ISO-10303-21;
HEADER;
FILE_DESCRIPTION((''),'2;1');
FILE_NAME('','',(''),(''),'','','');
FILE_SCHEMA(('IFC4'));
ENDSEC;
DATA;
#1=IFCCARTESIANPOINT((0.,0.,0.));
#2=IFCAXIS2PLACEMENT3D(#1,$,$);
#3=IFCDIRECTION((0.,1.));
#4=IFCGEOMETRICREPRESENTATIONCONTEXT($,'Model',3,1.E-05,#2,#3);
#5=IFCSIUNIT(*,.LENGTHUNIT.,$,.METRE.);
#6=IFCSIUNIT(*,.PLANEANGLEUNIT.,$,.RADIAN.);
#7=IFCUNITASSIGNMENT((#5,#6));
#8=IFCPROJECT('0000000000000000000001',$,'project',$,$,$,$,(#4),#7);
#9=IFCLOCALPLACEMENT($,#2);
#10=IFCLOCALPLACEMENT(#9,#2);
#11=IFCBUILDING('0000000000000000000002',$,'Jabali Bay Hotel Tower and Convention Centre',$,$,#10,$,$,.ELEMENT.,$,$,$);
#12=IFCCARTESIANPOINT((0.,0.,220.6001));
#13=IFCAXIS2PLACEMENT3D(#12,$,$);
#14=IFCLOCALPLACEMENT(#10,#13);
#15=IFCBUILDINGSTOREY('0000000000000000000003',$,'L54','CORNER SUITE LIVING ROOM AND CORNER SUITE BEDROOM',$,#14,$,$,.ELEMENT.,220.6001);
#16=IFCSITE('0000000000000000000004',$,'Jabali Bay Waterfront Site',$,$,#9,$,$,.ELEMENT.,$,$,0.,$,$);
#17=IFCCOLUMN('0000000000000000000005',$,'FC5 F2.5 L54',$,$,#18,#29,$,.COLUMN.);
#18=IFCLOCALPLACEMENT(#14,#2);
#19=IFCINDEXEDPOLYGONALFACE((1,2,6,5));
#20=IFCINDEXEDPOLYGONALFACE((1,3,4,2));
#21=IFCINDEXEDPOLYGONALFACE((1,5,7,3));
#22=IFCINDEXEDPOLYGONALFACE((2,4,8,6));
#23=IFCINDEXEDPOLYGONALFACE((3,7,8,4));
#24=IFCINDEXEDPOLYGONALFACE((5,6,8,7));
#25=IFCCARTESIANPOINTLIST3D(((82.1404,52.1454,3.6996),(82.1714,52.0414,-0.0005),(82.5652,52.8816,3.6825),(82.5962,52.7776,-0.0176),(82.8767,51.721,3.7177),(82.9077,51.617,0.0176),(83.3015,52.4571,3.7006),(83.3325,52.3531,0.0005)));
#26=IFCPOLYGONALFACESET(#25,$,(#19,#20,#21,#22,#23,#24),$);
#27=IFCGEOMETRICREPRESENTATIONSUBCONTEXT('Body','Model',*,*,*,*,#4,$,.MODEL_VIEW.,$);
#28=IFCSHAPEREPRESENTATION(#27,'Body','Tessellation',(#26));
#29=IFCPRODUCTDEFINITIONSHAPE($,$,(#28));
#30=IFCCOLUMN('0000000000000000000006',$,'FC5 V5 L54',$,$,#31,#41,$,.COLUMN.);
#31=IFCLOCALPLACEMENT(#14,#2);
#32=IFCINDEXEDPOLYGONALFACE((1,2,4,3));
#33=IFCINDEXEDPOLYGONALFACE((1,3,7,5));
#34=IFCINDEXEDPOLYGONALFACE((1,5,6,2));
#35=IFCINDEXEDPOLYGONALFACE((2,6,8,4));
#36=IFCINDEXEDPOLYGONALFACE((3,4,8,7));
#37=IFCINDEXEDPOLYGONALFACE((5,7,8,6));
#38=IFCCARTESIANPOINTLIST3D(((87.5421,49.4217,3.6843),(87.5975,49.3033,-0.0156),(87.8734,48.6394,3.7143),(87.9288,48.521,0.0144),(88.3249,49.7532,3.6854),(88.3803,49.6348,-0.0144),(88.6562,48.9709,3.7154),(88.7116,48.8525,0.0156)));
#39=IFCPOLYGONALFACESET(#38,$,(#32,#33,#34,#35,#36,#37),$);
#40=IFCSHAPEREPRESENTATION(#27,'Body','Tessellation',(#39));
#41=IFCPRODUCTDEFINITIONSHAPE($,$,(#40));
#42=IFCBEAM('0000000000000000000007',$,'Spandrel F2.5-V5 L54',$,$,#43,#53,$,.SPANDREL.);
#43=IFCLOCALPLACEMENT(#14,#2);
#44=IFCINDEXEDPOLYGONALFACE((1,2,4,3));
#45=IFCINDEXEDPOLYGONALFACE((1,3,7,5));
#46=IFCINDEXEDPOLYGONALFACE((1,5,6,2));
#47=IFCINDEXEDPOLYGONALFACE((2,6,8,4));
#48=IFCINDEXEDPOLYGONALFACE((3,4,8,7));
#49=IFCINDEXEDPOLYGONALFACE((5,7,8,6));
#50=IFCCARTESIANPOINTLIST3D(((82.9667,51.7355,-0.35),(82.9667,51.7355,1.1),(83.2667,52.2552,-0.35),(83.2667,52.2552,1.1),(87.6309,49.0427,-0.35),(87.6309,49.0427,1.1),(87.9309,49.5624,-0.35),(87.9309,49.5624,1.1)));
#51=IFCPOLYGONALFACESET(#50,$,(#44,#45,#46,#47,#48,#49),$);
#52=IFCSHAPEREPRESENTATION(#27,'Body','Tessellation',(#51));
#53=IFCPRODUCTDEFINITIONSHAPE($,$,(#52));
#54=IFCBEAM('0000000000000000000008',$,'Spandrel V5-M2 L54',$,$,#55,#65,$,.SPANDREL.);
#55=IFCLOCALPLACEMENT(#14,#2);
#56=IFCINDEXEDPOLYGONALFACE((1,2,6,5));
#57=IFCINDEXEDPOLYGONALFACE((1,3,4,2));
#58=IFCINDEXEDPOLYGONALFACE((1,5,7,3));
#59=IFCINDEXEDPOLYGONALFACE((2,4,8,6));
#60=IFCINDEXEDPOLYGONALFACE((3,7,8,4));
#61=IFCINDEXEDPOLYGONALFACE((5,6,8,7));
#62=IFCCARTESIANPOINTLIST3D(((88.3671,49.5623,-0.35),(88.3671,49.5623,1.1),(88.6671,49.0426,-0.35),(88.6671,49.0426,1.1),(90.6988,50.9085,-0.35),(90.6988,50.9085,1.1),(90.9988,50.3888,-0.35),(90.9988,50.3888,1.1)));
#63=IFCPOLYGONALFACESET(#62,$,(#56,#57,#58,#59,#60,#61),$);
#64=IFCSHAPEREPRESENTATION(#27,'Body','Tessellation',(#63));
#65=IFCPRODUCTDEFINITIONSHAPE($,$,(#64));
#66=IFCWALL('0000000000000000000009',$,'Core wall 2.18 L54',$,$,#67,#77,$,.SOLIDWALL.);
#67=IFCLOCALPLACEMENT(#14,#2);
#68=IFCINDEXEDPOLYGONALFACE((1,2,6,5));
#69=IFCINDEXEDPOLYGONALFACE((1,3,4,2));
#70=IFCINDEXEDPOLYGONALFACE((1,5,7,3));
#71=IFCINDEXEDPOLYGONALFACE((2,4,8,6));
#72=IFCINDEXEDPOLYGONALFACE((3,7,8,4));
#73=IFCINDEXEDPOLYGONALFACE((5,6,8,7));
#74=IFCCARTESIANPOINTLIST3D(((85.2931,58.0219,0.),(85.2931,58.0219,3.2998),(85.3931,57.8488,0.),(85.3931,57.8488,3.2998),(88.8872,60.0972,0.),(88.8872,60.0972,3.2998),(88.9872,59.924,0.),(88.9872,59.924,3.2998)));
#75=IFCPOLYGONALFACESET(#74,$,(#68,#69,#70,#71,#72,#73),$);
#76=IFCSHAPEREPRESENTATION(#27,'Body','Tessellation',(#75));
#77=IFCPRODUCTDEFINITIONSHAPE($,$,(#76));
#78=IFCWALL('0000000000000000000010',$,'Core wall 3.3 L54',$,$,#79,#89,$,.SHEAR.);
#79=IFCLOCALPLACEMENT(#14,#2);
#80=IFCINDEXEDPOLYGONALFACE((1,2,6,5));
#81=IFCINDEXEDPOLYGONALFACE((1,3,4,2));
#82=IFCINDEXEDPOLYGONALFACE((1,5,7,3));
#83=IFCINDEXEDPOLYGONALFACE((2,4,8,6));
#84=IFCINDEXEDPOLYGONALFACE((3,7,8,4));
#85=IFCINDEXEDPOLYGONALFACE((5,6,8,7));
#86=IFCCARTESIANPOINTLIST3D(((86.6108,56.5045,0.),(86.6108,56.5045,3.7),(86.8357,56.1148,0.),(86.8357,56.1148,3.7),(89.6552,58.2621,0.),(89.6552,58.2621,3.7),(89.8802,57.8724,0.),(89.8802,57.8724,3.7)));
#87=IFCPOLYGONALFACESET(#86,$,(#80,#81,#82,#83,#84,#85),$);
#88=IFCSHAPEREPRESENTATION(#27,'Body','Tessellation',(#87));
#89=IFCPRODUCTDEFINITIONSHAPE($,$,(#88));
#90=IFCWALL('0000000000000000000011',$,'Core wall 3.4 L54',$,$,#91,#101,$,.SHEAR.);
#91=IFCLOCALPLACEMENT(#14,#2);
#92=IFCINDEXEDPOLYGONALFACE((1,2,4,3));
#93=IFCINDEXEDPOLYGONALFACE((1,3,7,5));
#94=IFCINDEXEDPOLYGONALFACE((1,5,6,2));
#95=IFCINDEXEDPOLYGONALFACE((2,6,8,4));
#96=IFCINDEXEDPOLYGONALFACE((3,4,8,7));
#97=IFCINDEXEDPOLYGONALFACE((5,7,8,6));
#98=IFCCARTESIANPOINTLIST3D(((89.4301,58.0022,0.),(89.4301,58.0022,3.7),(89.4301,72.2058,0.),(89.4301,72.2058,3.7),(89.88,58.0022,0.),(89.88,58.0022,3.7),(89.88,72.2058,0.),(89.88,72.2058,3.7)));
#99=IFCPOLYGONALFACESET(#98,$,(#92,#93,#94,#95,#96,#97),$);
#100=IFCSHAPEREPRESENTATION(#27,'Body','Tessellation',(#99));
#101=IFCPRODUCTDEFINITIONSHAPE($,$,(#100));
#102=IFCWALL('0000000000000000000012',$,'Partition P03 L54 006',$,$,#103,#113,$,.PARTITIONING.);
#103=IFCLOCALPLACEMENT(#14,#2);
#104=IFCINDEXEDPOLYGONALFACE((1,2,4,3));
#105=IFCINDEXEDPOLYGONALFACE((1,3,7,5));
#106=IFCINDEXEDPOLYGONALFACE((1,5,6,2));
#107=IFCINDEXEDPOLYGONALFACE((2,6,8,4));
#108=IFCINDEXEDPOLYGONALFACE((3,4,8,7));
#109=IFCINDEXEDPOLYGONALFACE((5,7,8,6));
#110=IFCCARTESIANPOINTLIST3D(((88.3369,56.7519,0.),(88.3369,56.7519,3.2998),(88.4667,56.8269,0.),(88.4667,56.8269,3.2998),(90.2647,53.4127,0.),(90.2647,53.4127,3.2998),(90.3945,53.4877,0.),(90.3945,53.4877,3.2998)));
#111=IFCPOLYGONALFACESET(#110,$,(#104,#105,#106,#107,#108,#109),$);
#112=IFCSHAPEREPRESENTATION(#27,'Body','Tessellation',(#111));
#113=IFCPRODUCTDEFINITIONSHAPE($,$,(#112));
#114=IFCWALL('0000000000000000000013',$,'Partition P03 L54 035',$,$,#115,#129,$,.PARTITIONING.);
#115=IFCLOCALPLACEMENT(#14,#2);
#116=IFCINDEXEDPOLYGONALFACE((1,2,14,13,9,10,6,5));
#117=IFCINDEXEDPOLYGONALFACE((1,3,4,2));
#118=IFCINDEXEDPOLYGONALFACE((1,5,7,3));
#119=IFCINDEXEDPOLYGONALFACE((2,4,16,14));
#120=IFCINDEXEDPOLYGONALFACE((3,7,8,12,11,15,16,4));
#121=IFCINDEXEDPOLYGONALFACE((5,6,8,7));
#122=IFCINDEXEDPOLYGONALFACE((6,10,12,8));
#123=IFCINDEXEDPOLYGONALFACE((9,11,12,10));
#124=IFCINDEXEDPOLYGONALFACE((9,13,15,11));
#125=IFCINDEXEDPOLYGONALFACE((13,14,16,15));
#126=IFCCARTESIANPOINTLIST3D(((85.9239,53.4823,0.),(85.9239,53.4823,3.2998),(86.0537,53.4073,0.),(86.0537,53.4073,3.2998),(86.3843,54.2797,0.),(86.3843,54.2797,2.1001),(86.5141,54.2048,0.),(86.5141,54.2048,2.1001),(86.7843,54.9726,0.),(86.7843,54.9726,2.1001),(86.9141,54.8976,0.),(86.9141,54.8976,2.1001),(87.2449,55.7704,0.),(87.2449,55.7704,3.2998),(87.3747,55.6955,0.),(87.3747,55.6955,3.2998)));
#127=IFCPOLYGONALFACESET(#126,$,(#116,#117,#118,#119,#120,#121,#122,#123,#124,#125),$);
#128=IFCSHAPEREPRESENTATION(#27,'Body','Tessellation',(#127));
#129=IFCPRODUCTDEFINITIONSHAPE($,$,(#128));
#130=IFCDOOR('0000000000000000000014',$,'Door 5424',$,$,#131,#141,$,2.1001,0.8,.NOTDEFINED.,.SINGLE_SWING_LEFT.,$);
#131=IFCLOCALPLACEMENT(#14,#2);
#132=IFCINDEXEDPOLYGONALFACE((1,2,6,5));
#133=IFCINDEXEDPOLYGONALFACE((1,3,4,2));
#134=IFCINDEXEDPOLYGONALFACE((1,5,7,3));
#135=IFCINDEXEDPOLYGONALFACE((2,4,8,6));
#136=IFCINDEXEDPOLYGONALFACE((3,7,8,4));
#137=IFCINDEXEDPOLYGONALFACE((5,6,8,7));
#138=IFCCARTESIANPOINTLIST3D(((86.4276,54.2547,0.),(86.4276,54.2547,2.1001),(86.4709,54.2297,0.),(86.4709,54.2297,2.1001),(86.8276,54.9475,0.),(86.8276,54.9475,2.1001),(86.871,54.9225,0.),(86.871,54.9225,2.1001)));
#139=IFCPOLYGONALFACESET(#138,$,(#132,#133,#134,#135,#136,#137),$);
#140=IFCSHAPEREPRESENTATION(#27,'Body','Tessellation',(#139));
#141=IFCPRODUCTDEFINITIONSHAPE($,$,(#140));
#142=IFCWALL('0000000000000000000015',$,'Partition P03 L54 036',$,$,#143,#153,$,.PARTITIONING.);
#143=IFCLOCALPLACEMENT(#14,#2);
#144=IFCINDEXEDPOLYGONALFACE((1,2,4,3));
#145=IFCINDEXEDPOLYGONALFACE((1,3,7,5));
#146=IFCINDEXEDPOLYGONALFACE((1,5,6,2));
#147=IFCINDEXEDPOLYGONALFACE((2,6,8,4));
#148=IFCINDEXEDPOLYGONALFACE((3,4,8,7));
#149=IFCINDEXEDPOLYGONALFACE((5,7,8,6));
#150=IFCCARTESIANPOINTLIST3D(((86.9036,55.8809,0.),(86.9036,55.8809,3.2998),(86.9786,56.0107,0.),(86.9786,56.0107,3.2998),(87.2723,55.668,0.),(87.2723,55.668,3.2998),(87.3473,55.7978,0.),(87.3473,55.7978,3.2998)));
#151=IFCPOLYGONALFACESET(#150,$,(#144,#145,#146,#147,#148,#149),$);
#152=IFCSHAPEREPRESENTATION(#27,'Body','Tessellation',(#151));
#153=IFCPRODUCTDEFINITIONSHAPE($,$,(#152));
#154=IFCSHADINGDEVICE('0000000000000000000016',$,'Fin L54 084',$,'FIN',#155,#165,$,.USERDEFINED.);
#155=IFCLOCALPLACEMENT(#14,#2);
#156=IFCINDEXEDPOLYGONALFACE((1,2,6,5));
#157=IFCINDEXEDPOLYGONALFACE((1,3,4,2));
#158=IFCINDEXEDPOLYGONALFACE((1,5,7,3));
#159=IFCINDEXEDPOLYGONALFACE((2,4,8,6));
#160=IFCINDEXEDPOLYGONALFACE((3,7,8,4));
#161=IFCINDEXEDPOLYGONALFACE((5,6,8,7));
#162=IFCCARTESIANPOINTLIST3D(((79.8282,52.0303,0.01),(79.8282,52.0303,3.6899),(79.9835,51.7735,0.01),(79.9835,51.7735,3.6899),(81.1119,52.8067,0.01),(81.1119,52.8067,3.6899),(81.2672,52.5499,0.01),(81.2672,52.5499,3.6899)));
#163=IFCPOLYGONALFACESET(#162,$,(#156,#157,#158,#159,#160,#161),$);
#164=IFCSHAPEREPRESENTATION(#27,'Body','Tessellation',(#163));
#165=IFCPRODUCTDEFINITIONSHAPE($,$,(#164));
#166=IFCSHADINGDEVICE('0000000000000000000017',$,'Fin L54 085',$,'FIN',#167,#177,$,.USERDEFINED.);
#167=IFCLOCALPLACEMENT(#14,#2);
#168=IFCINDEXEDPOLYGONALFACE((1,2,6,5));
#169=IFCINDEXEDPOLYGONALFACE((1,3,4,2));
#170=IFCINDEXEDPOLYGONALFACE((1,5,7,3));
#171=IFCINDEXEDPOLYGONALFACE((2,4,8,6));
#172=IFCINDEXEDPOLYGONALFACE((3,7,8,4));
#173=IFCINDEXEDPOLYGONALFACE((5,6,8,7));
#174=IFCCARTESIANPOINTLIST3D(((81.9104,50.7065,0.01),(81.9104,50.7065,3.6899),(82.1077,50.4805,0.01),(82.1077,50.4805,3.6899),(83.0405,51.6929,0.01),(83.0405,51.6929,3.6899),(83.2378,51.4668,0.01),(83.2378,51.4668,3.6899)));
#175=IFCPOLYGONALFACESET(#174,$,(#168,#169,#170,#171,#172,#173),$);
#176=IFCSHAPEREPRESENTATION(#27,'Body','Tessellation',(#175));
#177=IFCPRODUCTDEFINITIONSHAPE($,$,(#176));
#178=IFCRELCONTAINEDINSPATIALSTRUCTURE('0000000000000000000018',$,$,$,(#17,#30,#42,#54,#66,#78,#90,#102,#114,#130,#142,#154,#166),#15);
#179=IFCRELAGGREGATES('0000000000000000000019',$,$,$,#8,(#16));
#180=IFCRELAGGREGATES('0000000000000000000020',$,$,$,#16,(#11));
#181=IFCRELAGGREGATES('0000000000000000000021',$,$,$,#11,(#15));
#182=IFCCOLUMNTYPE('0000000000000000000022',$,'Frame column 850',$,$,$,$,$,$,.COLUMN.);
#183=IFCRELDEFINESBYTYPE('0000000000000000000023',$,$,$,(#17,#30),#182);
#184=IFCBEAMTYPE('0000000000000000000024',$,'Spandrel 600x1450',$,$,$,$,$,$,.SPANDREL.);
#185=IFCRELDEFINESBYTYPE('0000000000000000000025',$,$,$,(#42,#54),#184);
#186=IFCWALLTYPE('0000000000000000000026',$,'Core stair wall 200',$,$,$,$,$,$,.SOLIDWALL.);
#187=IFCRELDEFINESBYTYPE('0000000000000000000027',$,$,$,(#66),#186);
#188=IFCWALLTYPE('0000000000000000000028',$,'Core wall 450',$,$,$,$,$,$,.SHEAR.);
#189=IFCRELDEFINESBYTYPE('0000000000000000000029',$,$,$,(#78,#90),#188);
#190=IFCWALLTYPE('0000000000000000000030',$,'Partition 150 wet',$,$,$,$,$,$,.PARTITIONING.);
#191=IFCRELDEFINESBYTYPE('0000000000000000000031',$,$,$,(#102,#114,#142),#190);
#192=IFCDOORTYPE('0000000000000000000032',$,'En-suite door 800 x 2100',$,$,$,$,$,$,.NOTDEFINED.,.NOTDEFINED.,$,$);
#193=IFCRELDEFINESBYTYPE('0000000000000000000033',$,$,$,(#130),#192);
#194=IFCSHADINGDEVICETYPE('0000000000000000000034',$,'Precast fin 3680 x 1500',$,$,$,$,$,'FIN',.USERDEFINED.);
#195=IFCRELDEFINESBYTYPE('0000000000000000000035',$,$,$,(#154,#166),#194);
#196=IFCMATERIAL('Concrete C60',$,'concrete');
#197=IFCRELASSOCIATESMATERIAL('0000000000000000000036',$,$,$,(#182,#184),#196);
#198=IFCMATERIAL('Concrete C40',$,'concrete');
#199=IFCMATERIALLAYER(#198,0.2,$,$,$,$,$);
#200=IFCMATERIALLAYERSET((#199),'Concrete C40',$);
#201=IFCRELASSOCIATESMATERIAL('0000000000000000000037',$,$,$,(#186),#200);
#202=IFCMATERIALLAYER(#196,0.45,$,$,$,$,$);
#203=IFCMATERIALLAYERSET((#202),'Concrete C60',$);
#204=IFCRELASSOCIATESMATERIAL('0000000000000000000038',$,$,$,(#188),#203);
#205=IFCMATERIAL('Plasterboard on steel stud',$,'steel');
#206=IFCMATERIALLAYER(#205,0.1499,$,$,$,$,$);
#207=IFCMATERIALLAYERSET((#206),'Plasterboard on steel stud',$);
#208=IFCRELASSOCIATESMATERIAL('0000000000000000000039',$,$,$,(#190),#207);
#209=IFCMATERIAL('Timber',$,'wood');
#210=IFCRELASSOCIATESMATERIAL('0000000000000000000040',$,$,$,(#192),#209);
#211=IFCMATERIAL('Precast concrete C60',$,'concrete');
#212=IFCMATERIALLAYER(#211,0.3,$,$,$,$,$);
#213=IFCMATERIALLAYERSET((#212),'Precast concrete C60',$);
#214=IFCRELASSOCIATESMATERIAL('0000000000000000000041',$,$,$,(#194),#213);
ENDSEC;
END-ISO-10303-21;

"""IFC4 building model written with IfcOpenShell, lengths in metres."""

from ifc_helpers import new_model, si_unit, direction, frame, frame_2d, origin, origin_2d, place, context, subcontext, project, spatial, rectangle, extrude, material, layer, layer_set, material_profile, profile_set, type_object, element, fill, save


model = new_model("IFC4")

# Units and contexts
model_context = context("Model", 3, precision=1e-05, world=origin(), true_north=direction((0.0, 1.0)))
body_context = subcontext(model_context, "Body", "Model", "MODEL_VIEW")
ifc_project = project(units=[si_unit("LENGTHUNIT", "METRE"), si_unit("PLANEANGLEUNIT", "RADIAN")], contexts=[model_context])

# Site, building, storey
site_placement = place(None, origin())
site = spatial("IfcSite", under=ifc_project, at=site_placement, Name="Jabali Bay Waterfront Site", CompositionType="ELEMENT", RefElevation=0.0)
building_placement = place(site_placement, origin())
building = spatial("IfcBuilding", under=site, at=building_placement, Name="Jabali Bay Hotel Tower and Convention Centre", CompositionType="ELEMENT")
storey_placement = place(building_placement, frame((0.0, 0.0, 220.6001)))
storey = spatial("IfcBuildingStorey", under=building, at=storey_placement, Name="L54", Description="CORNER SUITE LIVING ROOM AND CORNER SUITE BEDROOM", CompositionType="ELEMENT", Elevation=220.6001)

# Columns
ifc_material_1 = material(Name="Concrete C60", Category="concrete")
ifc_material_profile_1 = material_profile(ifc_material_1, rectangle(XDim=0.8501, YDim=0.8501, at=origin_2d()), Name="Frame column 850")
ifc_profile_set_1 = profile_set([ifc_material_profile_1], Name="Concrete C60")
column_type = type_object("IfcColumnType", Name="Frame column 850", PredefinedType="COLUMN", material=ifc_profile_set_1)
column_1_placement = place(storey_placement, frame((82.752, 52.1973, 0.0), z_axis=(-0.008376, 0.028097, 0.99957), x_axis=(-0.499672, -0.86598, 0.020155)))
element("IfcColumn", 1, at=column_1_placement, inside=storey, type_object=column_type, Name="FC5 F2.5 L54", PredefinedType="COLUMN", context=body_context, shape_type="SweptSolid", body=[
    extrude(rectangle(XDim=0.8501, YDim=0.8501, at=origin_2d()), origin(), (0.0, 0.0, 1.0), 3.7017),
])
column_2_placement = place(storey_placement, frame((88.1545, 49.0779, 0.0), z_axis=(-0.014969, 0.031983, 0.999376), x_axis=(0.389715, -0.920259, 0.035288)))
element("IfcColumn", 2, at=column_2_placement, inside=storey, type_object=column_type, Name="FC5 V5 L54", PredefinedType="COLUMN", context=body_context, shape_type="SweptSolid", body=[
    extrude(rectangle(XDim=0.8501, YDim=0.8501, at=origin_2d()), origin(), (0.0, 0.0, 1.0), 3.7021),
])

# Beams
ifc_material_profile_2 = material_profile(ifc_material_1, rectangle(XDim=0.6001, YDim=1.45, at=origin_2d()), Name="Spandrel 600x1450")
ifc_profile_set_2 = profile_set([ifc_material_profile_2], Name="Concrete C60")
beam_type = type_object("IfcBeamType", Name="Spandrel 600x1450", PredefinedType="SPANDREL", material=ifc_profile_set_2)
beam_1_placement = place(storey_placement, frame((83.1167, 51.9954, 0.375), z_axis=(0.866031, -0.499991, 0.0), x_axis=(0.499991, 0.866031, 0.0)))
element("IfcBeam", 3, at=beam_1_placement, inside=storey, type_object=beam_type, Name="Spandrel F2.5-V5 L54", PredefinedType="SPANDREL", context=body_context, shape_type="SweptSolid", body=[
    extrude(rectangle(XDim=0.6001, YDim=1.45, at=origin_2d()), origin(), (0.0, 0.0, 1.0), 5.3857),
])
beam_2_placement = place(storey_placement, frame((88.5171, 49.3025, 0.375), z_axis=(0.866036, 0.499981, 0.0), x_axis=(-0.499981, 0.866036, 0.0)))
element("IfcBeam", 4, at=beam_2_placement, inside=storey, type_object=beam_type, Name="Spandrel V5-M2 L54", PredefinedType="SPANDREL", context=body_context, shape_type="SweptSolid", body=[
    extrude(rectangle(XDim=0.6001, YDim=1.45, at=origin_2d()), origin(), (0.0, 0.0, 1.0), 2.6924),
])

# Walls
ifc_material_2 = material(Name="Concrete C40", Category="concrete")
ifc_layer_1 = layer(ifc_material_2, 0.2)
ifc_layer_set_1 = layer_set([ifc_layer_1], Name="Concrete C40")
wall_type_1 = type_object("IfcWallType", Name="Core stair wall 200", PredefinedType="SOLIDWALL", material=ifc_layer_set_1)
wall_1_placement = place(storey_placement, frame((85.343, 57.9353, 0.0), z_axis=(0.0, 0.0, 1.0), x_axis=(0.866004, 0.500036, 0.0)))
element("IfcWall", 5, at=wall_1_placement, inside=storey, type_object=wall_type_1, Name="Core wall 2.18 L54", PredefinedType="SOLIDWALL", context=body_context, shape_type="SweptSolid", body=[
    extrude(rectangle(XDim=4.1501, YDim=0.2, at=frame_2d((2.0752, 0.0))), origin(), (0.0, 0.0, 1.0), 3.2998),
])
ifc_layer_2 = layer(ifc_material_1, 0.45)
ifc_layer_set_2 = layer_set([ifc_layer_2], Name="Concrete C60")
wall_type_2 = type_object("IfcWallType", Name="Core wall 450", PredefinedType="SHEAR", material=ifc_layer_set_2)
wall_2_placement = place(storey_placement, frame((86.7231, 56.3096, 0.0), z_axis=(0.0, 0.0, 1.0), x_axis=(0.866042, 0.499971, 0.0)))
element("IfcWall", 6, at=wall_2_placement, inside=storey, type_object=wall_type_2, Name="Core wall 3.3 L54", PredefinedType="SHEAR", context=body_context, shape_type="SweptSolid", body=[
    extrude(rectangle(XDim=3.5154, YDim=0.45, at=frame_2d((1.7578, 0.0))), origin(), (0.0, 0.0, 1.0), 3.7),
])
wall_3_placement = place(storey_placement, frame((89.655, 58.0022, 0.0), z_axis=(0.0, 0.0, 1.0), x_axis=(0.0, 1.0, 0.0)))
element("IfcWall", 7, at=wall_3_placement, inside=storey, type_object=wall_type_2, Name="Core wall 3.4 L54", PredefinedType="SHEAR", context=body_context, shape_type="SweptSolid", body=[
    extrude(rectangle(XDim=14.2036, YDim=0.45, at=frame_2d((7.1018, 0.0))), origin(), (0.0, 0.0, 1.0), 3.7),
])

# Wall
ifc_material_3 = material(Name="Plasterboard on steel stud", Category="steel")
ifc_layer_3 = layer(ifc_material_3, 0.1499)
ifc_layer_set_3 = layer_set([ifc_layer_3], Name="Plasterboard on steel stud")
wall_type_3 = type_object("IfcWallType", Name="Partition 150 wet", PredefinedType="PARTITIONING", material=ifc_layer_set_3)
wall_4_placement = place(storey_placement, frame((88.4019, 56.7893, 0.0), z_axis=(0.0, 0.0, 1.0), x_axis=(0.49998, -0.866037, 0.0)))
element("IfcWall", 8, at=wall_4_placement, inside=storey, type_object=wall_type_3, Name="Partition P03 L54 006", PredefinedType="PARTITIONING", context=body_context, shape_type="SweptSolid", body=[
    extrude(rectangle(XDim=3.8557, YDim=0.1499, at=frame_2d((1.9277, 0.0))), origin(), (0.0, 0.0, 1.0), 3.2998),
])

# Wall, opening, door
wall_5_placement = place(storey_placement, frame((85.9888, 53.4448, 0.0), z_axis=(0.0, 0.0, 1.0), x_axis=(0.500005, 0.866022, 0.0)))
wall_5 = element("IfcWall", 9, at=wall_5_placement, inside=storey, type_object=wall_type_3, Name="Partition P03 L54 035", PredefinedType="PARTITIONING", context=body_context, shape_type="SweptSolid", body=[
    extrude(rectangle(XDim=2.6421, YDim=0.1499, at=frame_2d((1.321, 0.0))), origin(), (0.0, 0.0, 1.0), 3.2998),
])
opening_1_placement = place(wall_5_placement, frame((0.9209, 0.0, 0.0)))
opening_1 = element("IfcOpeningElement", 10, at=opening_1_placement, cuts=wall_5, PredefinedType="OPENING", context=body_context, shape_type="SweptSolid", body=[
    extrude(rectangle(XDim=0.8, YDim=2.1001, at=frame_2d((0.3999, 1.05))), frame((0.0, 0.0854, 0.0), z_axis=(0.0, -1.0, 0.0), x_axis=(1.0, 0.0, 0.0)), (0.0, 0.0, 1.0), 0.1709),
])
ifc_material_4 = material(Name="Timber", Category="wood")
door_type_1 = type_object("IfcDoorType", Name="En-suite door 800 x 2100", OperationType="NOTDEFINED", PredefinedType="NOTDEFINED", material=ifc_material_4)
door_1_placement = place(opening_1_placement, origin())
door_1 = element("IfcDoor", 11, at=door_1_placement, inside=storey, type_object=door_type_1, Name="Door 5424", OperationType="SINGLE_SWING_LEFT", OverallHeight=2.1001, OverallWidth=0.8, PredefinedType="NOTDEFINED", context=body_context, shape_type="SweptSolid", body=[
    extrude(rectangle(XDim=0.8, YDim=2.1001, at=frame_2d((0.3999, 1.05))), frame((0.0, 0.0249, 0.0), z_axis=(0.0, -1.0, 0.0), x_axis=(1.0, 0.0, 0.0)), (0.0, 0.0, 1.0), 0.05),
])
fill(opening_1, door_1)

# Wall
wall_6_placement = place(storey_placement, frame((87.3098, 55.7329, 0.0), z_axis=(0.0, 0.0, 1.0), x_axis=(-0.865975, 0.500086, 0.0)))
element("IfcWall", 12, at=wall_6_placement, inside=storey, type_object=wall_type_3, Name="Partition P03 L54 036", PredefinedType="PARTITIONING", context=body_context, shape_type="SweptSolid", body=[
    extrude(rectangle(XDim=0.4258, YDim=0.1499, at=frame_2d((0.2129, 0.0))), origin(), (0.0, 0.0, 1.0), 3.2998),
])

# Shading devices
ifc_material_5 = material(Name="Precast concrete C60", Category="concrete")
ifc_layer_4 = layer(ifc_material_5, 0.3)
ifc_layer_set_4 = layer_set([ifc_layer_4], Name="Precast concrete C60")
shading_device_type = type_object("IfcShadingDeviceType", Name="Precast fin 3680 x 1500", ElementType="FIN", PredefinedType="USERDEFINED", material=ifc_layer_set_4)
shading_device_placement = place(storey_placement, frame((81.1895, 52.6782, 0.01), z_axis=(0.0, 0.0, 1.0), x_axis=(-0.855678, -0.517508, 0.0)))
element("IfcShadingDevice", 13, at=shading_device_placement, inside=storey, type_object=shading_device_type, Name="Fin L54 084", ObjectType="FIN", PredefinedType="USERDEFINED", context=body_context, shape_type="SweptSolid", body=[
    extrude(rectangle(XDim=1.5002, YDim=0.3, at=frame_2d((0.75, 0.0))), origin(), (0.0, 0.0, 1.0), 3.6799),
])
for number, where, z_axis, x_axis, name in (
    (14, (83.1392, 51.5798, 0.01), (0.0, 0.0, 1.0), (-0.753413, -0.657548, 0.0), "Fin L54 085"),
):
    element("IfcShadingDevice", number, at=place(storey_placement, frame(where, z_axis=z_axis, x_axis=x_axis)), inside=storey, type_object=shading_device_type, Name=name, ObjectType="FIN", PredefinedType="USERDEFINED", context=body_context, shape_type="SweptSolid", body=[
        extrude(rectangle(XDim=1.5, YDim=0.3, at=frame_2d((0.75, 0.0))), origin(), (0.0, 0.0, 1.0), 3.6799),
    ])

save(model, "model.ifc")
